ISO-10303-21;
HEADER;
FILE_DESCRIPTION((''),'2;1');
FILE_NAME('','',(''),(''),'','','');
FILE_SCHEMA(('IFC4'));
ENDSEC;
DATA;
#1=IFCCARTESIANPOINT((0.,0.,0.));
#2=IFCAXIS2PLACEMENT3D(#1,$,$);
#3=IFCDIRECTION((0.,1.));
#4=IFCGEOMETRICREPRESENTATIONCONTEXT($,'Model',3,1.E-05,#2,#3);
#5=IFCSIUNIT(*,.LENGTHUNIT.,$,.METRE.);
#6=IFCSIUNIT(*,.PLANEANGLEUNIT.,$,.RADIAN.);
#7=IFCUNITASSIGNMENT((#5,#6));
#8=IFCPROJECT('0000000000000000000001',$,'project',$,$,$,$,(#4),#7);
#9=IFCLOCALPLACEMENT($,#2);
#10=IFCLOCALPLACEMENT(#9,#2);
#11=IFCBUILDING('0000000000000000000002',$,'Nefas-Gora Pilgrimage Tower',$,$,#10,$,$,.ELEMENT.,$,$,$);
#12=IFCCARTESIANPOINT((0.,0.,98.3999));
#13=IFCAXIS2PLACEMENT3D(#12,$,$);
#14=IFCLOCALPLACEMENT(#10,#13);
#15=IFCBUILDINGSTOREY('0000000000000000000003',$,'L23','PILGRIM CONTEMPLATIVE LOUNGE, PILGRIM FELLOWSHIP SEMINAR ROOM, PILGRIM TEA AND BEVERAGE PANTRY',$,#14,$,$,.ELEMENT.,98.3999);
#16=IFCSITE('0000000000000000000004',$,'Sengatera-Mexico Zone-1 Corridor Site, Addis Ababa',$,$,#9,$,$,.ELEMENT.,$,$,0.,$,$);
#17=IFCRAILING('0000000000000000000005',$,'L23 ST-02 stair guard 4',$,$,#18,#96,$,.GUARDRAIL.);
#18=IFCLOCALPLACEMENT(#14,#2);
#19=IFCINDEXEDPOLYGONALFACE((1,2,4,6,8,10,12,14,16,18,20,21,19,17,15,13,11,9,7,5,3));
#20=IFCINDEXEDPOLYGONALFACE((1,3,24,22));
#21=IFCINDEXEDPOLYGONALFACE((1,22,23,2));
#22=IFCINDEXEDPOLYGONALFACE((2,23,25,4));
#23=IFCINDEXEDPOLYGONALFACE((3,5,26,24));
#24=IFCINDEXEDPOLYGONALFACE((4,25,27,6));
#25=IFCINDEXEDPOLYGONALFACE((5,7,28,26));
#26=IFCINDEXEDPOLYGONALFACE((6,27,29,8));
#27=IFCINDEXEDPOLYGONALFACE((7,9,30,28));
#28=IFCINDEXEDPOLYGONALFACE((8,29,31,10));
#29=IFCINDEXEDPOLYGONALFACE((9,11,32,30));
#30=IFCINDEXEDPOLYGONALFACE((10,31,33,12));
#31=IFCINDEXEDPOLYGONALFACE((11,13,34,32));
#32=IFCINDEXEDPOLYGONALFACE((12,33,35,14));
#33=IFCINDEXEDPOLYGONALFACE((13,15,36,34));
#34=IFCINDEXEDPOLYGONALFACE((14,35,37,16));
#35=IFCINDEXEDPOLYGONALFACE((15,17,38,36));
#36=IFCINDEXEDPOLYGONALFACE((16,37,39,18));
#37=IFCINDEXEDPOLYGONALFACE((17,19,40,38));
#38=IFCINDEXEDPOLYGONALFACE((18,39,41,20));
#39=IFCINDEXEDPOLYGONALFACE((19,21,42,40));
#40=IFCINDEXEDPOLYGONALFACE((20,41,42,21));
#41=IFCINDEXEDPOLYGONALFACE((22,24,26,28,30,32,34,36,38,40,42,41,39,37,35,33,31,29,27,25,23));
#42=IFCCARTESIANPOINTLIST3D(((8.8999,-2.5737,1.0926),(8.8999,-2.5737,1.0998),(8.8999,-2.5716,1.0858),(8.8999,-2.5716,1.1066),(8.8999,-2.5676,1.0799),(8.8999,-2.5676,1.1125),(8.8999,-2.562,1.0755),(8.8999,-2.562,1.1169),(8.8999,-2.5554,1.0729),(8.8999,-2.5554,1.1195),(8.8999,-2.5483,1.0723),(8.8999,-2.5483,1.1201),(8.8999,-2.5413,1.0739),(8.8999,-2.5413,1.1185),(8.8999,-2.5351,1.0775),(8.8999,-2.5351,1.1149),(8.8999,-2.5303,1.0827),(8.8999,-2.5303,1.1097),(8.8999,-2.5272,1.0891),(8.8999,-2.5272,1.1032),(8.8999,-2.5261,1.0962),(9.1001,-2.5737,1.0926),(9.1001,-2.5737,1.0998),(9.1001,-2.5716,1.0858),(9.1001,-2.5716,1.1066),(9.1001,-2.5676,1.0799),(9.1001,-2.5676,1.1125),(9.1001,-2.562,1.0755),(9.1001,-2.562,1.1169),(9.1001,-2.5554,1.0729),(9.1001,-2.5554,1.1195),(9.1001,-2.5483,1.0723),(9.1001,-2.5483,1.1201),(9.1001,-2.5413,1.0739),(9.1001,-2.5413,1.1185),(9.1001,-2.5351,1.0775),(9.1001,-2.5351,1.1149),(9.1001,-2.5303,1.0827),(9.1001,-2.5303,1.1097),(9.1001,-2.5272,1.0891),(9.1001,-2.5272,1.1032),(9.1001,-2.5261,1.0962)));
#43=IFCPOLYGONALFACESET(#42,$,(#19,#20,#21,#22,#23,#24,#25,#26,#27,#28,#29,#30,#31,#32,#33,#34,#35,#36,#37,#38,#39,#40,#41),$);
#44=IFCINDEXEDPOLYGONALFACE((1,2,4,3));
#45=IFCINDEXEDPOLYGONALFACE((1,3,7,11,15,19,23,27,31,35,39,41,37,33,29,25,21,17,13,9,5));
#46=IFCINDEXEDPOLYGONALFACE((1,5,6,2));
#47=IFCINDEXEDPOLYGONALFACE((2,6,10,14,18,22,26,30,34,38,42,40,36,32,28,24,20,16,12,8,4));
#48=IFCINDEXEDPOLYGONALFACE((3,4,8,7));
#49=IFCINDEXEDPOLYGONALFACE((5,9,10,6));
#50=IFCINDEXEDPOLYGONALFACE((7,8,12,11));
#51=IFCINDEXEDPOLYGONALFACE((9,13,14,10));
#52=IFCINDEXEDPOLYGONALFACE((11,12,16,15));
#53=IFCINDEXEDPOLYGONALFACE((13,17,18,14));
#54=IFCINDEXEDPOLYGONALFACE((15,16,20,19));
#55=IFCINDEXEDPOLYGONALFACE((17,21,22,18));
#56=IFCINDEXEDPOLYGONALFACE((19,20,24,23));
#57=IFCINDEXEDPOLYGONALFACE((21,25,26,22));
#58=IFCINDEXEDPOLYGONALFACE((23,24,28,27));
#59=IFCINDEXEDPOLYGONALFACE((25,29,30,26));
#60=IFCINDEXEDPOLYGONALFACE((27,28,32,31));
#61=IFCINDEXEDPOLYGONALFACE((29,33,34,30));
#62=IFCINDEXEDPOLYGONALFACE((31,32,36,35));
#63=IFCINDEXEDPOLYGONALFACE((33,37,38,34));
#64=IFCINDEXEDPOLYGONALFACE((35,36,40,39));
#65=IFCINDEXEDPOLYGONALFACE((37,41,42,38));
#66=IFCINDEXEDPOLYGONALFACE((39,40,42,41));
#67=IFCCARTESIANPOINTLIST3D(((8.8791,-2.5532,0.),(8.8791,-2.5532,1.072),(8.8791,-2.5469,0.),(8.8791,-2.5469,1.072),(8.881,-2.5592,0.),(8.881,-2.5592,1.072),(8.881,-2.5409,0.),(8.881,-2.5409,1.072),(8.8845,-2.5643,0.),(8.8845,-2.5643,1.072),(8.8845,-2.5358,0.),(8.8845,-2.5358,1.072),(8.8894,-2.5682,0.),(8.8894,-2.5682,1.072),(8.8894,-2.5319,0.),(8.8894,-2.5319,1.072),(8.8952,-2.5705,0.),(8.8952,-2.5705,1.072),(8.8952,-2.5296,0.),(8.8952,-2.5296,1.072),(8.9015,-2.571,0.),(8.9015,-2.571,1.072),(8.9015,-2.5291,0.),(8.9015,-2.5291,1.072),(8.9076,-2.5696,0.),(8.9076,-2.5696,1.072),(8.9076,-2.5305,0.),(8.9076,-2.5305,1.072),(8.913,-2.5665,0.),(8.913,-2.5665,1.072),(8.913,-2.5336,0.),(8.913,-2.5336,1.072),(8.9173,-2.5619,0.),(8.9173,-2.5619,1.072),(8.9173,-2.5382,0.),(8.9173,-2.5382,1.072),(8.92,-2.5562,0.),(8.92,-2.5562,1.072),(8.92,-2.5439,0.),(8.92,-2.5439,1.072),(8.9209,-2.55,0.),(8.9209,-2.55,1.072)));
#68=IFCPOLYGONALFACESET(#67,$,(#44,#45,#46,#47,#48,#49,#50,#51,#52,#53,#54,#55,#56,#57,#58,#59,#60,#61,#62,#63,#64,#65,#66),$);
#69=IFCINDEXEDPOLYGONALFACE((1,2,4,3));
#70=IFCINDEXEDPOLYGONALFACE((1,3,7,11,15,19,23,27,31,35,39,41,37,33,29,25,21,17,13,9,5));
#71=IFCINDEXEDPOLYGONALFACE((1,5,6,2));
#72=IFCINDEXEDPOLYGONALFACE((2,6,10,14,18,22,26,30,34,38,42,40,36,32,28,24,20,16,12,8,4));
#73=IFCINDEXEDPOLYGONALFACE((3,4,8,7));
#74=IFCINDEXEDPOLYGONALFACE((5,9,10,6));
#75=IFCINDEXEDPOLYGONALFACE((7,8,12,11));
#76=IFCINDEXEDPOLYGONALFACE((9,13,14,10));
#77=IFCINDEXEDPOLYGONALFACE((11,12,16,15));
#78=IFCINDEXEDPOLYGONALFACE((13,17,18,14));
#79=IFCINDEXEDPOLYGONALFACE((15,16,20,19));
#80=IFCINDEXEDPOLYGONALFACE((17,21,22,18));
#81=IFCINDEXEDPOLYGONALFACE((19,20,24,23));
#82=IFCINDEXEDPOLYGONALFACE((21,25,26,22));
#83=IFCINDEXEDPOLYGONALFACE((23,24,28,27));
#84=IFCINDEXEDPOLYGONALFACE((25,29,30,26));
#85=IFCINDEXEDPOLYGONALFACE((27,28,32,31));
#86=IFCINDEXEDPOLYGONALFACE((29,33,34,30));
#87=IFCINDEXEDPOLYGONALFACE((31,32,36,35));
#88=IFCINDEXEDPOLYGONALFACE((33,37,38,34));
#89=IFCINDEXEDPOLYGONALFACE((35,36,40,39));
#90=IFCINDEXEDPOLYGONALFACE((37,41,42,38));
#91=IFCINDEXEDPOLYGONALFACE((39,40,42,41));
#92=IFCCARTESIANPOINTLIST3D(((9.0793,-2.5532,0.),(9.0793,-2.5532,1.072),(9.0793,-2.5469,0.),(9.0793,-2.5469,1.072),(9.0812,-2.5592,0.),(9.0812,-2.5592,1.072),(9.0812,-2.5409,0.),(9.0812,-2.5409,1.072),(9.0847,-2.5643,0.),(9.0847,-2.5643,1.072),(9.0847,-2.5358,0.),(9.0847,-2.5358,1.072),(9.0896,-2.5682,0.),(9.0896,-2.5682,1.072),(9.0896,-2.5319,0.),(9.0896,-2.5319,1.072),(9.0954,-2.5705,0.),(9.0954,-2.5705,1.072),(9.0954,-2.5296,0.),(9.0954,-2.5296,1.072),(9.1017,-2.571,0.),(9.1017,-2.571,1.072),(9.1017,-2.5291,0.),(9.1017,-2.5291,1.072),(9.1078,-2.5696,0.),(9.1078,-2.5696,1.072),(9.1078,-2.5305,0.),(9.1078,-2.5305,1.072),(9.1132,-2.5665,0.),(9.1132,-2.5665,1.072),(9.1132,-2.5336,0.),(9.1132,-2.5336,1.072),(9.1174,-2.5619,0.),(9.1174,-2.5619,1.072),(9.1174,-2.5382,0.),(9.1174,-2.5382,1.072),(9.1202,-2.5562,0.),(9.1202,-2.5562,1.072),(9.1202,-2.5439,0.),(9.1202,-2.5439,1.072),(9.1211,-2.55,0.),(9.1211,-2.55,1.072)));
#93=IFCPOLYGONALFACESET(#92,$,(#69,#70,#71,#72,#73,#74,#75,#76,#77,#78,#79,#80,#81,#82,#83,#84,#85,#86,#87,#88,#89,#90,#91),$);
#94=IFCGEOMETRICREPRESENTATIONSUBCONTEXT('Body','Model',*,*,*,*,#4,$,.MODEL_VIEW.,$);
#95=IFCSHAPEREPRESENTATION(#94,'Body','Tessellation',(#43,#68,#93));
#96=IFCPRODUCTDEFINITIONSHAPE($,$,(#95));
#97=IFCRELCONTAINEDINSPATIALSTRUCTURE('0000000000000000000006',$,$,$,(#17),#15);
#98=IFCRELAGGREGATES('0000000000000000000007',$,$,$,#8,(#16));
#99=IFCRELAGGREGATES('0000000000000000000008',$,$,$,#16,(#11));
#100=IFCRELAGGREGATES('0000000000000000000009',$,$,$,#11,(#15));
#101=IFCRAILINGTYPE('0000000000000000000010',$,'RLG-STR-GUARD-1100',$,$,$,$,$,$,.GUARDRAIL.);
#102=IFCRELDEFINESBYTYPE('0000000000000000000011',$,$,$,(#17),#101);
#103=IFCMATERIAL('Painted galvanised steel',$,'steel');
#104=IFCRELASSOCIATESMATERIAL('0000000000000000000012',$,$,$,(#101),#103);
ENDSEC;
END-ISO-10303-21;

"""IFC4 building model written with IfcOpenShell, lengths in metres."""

from ifc_helpers import new_model, si_unit, direction, frame, origin, origin_2d, place, context, subcontext, project, spatial, circle, extrude, material, type_object, element, save


model = new_model("IFC4")

# Units and contexts
model_context = context("Model", 3, precision=1e-05, world=origin(), true_north=direction((0.0, 1.0)))
body_context = subcontext(model_context, "Body", "Model", "MODEL_VIEW")
ifc_project = project(units=[si_unit("LENGTHUNIT", "METRE"), si_unit("PLANEANGLEUNIT", "RADIAN")], contexts=[model_context])

# Site, building, storey
site_placement = place(None, origin())
site = spatial("IfcSite", under=ifc_project, at=site_placement, Name="Sengatera-Mexico Zone-1 Corridor Site, Addis Ababa", CompositionType="ELEMENT", RefElevation=0.0)
building_placement = place(site_placement, origin())
building = spatial("IfcBuilding", under=site, at=building_placement, Name="Nefas-Gora Pilgrimage Tower", CompositionType="ELEMENT")
storey_placement = place(building_placement, frame((0.0, 0.0, 98.3999)))
storey = spatial("IfcBuildingStorey", under=building, at=storey_placement, Name="L23", Description="PILGRIM CONTEMPLATIVE LOUNGE, PILGRIM FELLOWSHIP SEMINAR ROOM, PILGRIM TEA AND BEVERAGE PANTRY", CompositionType="ELEMENT", Elevation=98.3999)

# Railing
ifc_material_1 = material(Name="Painted galvanised steel", Category="steel")
railing_type_1 = type_object("IfcRailingType", Name="RLG-STR-GUARD-1100", PredefinedType="GUARDRAIL", material=ifc_material_1)
railing_1_placement = place(storey_placement, frame((8.8999, -2.55, 0.0)))
element("IfcRailing", 1, at=railing_1_placement, inside=storey, type_object=railing_type_1, Name="L23 ST-02 stair guard 4", PredefinedType="GUARDRAIL", context=body_context, shape_type="SweptSolid", body=[
    extrude(circle(Radius=0.0239, at=origin_2d()), frame((0.0, 0.0, 1.0962), z_axis=(1.0, 0.0, 0.0), x_axis=(0.0, 1.0, 0.0)), (0.0, 0.0, 1.0), 0.2002),
    extrude(circle(Radius=0.021, at=origin_2d()), origin(), (0.0, 0.0, 1.0), 1.072),
    extrude(circle(Radius=0.021, at=origin_2d()), frame((0.2002, 0.0, 0.0)), (0.0, 0.0, 1.0), 1.072),
])

save(model, "model.ifc")
